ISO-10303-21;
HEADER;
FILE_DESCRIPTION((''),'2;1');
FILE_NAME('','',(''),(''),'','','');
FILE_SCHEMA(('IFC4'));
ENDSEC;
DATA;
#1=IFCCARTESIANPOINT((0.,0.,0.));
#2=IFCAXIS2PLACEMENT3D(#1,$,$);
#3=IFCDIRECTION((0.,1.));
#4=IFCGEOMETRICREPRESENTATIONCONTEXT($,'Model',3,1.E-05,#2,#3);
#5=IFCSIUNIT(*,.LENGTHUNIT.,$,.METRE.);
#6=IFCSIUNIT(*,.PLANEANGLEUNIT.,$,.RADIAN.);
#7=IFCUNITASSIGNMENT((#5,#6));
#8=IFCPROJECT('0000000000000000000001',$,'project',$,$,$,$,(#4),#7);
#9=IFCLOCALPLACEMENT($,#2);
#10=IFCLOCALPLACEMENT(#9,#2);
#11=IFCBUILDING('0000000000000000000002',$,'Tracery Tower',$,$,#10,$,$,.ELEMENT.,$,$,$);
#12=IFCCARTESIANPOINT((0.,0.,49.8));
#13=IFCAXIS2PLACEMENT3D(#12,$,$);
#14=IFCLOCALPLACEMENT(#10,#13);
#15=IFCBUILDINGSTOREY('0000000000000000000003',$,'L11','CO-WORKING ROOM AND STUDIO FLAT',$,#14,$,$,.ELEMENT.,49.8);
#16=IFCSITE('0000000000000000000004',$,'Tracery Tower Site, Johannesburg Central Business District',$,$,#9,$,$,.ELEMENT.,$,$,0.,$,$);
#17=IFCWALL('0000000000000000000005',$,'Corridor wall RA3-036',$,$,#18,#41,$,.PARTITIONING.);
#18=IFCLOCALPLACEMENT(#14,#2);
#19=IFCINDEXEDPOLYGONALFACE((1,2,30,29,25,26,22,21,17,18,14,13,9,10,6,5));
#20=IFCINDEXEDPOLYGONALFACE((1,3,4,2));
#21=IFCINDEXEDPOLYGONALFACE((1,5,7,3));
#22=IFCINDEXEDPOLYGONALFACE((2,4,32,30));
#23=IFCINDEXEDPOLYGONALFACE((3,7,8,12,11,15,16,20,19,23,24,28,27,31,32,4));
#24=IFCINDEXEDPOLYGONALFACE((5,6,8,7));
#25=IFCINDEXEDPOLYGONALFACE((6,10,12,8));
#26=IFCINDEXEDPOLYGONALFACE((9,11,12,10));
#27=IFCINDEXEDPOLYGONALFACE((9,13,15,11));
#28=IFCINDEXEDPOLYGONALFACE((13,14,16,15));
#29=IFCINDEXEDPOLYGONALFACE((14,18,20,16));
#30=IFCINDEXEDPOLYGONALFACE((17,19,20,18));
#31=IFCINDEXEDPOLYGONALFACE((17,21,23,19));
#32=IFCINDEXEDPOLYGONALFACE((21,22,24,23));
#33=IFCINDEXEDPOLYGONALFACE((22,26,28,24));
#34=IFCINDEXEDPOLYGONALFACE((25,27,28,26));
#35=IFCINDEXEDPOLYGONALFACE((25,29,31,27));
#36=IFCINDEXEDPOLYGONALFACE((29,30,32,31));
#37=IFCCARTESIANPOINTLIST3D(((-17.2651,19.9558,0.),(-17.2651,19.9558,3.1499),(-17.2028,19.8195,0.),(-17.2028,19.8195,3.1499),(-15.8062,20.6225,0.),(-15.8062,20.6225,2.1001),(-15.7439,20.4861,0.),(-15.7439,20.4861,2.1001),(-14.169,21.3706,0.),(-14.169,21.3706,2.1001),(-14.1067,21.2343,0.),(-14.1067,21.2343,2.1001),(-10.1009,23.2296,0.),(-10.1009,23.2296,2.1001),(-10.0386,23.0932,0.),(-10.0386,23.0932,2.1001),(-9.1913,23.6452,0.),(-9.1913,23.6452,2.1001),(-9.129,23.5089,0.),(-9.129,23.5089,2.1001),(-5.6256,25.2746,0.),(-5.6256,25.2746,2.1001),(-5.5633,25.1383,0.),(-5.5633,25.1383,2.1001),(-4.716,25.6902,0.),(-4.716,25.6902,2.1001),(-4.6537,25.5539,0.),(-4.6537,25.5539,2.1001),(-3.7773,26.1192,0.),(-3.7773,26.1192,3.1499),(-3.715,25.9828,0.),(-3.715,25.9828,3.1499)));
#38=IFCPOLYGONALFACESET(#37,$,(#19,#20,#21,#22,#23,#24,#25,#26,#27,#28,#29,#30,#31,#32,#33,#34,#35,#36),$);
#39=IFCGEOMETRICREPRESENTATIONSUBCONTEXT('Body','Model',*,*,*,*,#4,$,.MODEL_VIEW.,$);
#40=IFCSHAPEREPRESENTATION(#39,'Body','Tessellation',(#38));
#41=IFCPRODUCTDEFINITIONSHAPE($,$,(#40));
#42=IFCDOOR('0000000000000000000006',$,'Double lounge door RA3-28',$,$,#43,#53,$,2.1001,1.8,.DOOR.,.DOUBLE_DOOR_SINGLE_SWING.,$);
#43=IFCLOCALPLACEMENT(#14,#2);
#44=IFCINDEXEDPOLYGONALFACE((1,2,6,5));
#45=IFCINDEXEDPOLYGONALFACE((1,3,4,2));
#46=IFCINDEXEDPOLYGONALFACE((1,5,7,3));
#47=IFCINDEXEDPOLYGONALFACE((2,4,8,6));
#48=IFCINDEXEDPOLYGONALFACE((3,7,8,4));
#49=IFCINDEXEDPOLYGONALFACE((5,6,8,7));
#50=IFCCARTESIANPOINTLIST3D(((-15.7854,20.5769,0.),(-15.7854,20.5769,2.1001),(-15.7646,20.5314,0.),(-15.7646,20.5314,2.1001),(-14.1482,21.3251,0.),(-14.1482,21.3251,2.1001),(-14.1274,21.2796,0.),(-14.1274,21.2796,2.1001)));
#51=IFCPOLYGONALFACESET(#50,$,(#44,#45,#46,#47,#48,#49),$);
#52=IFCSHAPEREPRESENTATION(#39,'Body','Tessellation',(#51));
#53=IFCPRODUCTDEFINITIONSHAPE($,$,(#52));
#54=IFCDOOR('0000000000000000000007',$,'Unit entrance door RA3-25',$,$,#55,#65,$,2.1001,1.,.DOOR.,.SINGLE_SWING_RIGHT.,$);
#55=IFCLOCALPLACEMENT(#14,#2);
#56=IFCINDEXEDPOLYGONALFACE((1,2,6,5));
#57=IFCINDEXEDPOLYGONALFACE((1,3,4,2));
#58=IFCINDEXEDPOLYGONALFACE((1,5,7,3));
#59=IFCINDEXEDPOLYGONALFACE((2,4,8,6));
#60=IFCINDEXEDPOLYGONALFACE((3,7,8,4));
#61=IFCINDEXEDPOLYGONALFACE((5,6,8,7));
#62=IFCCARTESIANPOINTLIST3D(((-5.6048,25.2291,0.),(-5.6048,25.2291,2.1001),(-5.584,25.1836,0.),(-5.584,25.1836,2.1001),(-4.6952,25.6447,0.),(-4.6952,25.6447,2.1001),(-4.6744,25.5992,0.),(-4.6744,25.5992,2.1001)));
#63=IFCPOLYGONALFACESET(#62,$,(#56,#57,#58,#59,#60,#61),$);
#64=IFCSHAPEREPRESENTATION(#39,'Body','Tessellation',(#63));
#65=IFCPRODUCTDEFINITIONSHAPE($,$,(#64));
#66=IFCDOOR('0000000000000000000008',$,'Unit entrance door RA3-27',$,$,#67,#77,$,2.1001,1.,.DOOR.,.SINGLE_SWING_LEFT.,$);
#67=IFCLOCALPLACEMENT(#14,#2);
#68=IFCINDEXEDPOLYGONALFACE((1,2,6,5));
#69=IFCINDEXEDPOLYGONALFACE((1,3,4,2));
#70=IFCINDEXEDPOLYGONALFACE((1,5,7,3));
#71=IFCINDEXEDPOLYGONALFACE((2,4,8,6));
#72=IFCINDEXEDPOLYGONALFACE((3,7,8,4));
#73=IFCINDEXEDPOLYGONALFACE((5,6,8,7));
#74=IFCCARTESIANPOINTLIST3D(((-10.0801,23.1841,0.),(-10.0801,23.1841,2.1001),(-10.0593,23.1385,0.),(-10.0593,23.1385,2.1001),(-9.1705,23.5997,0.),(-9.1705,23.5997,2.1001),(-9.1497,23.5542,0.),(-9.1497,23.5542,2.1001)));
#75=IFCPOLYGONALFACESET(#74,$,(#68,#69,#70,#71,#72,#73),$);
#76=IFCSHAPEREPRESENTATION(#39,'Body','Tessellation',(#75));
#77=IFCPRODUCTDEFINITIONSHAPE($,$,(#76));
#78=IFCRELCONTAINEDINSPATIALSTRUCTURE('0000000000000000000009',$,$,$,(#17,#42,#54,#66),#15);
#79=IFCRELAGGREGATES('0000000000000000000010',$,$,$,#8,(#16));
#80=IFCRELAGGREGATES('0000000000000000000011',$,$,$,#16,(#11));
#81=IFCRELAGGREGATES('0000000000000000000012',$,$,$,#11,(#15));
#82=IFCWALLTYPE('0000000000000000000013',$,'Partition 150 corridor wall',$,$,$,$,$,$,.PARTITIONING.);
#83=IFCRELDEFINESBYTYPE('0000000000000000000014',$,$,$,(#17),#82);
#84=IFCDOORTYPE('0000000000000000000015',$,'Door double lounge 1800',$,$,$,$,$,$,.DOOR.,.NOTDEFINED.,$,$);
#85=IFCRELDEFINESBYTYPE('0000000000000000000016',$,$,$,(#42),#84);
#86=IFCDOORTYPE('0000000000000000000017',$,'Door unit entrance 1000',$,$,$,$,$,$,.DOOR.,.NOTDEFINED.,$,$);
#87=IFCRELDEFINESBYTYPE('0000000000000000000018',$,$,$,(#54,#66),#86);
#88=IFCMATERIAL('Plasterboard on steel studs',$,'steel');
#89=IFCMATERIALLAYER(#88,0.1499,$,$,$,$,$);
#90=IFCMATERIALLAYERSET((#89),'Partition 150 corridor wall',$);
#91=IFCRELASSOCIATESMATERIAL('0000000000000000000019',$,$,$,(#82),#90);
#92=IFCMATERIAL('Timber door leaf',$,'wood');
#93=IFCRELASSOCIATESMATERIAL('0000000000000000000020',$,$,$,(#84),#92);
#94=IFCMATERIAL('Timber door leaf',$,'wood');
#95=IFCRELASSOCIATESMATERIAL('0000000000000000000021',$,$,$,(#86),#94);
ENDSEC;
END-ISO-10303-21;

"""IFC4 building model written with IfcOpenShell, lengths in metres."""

from ifc_helpers import new_model, si_unit, direction, frame, frame_2d, origin, place, context, subcontext, project, spatial, rectangle, extrude, material, layer, layer_set, type_object, element, fill, save


model = new_model("IFC4")

# Units and contexts
model_context = context("Model", 3, precision=1e-05, world=origin(), true_north=direction((0.0, 1.0)))
body_context = subcontext(model_context, "Body", "Model", "MODEL_VIEW")
ifc_project = project(units=[si_unit("LENGTHUNIT", "METRE"), si_unit("PLANEANGLEUNIT", "RADIAN")], contexts=[model_context])

# Site, building, storey
site_placement = place(None, origin())
site = spatial("IfcSite", under=ifc_project, at=site_placement, Name="Tracery Tower Site, Johannesburg Central Business District", CompositionType="ELEMENT", RefElevation=0.0)
building_placement = place(site_placement, origin())
building = spatial("IfcBuilding", under=site, at=building_placement, Name="Tracery Tower", CompositionType="ELEMENT")
storey_placement = place(building_placement, frame((0.0, 0.0, 49.8)))
storey = spatial("IfcBuildingStorey", under=building, at=storey_placement, Name="L11", Description="CO-WORKING ROOM AND STUDIO FLAT", CompositionType="ELEMENT", Elevation=49.8)

# Shared definitions
ifc_material_1 = material(Name="Plasterboard on steel studs", Category="steel")
ifc_layer_1 = layer(ifc_material_1, 0.1499)
ifc_layer_set_1 = layer_set([ifc_layer_1], Name="Partition 150 corridor wall")
wall_type_1 = type_object("IfcWallType", Name="Partition 150 corridor wall", PredefinedType="PARTITIONING", material=ifc_layer_set_1)

# Wall, openings, doors
wall_1_placement = place(storey_placement, frame((-17.2339, 19.8877, 0.0), z_axis=(0.0, 0.0, 1.0), x_axis=(0.909539, 0.415619, 0.0)))
wall_1 = element("IfcWall", 1, at=wall_1_placement, inside=storey, type_object=wall_type_1, Name="Corridor wall RA3-036", PredefinedType="PARTITIONING", context=body_context, shape_type="SweptSolid", body=[
    extrude(rectangle(XDim=14.8293, YDim=0.1499, at=frame_2d((7.4146, 0.0))), origin(), (0.0, 0.0, 1.0), 3.1499),
])
opening_1_placement = place(wall_1_placement, frame((12.7971, 0.0, 0.0)))
opening_1 = element("IfcOpeningElement", 2, at=opening_1_placement, cuts=wall_1, PredefinedType="OPENING", context=body_context, shape_type="SweptSolid", body=[
    extrude(rectangle(XDim=1.0, YDim=2.1001, at=frame_2d((0.5, 1.05))), frame((0.0, 0.075, 0.0), z_axis=(0.0, -1.0, 0.0), x_axis=(1.0, 0.0, 0.0)), (0.0, 0.0, 1.0), 0.1499),
])
opening_2_placement = place(wall_1_placement, frame((7.8767, 0.0, 0.0)))
opening_2 = element("IfcOpeningElement", 3, at=opening_2_placement, cuts=wall_1, PredefinedType="OPENING", context=body_context, shape_type="SweptSolid", body=[
    extrude(rectangle(XDim=1.0, YDim=2.1001, at=frame_2d((0.5, 1.05))), frame((0.0, 0.075, 0.0), z_axis=(0.0, -1.0, 0.0), x_axis=(1.0, 0.0, 0.0)), (0.0, 0.0, 1.0), 0.1499),
])
opening_3_placement = place(wall_1_placement, frame((1.604, 0.0, 0.0)))
opening_3 = element("IfcOpeningElement", 4, at=opening_3_placement, cuts=wall_1, PredefinedType="OPENING", context=body_context, shape_type="SweptSolid", body=[
    extrude(rectangle(XDim=1.8, YDim=2.1001, at=frame_2d((0.8999, 1.05))), frame((0.0, 0.075, 0.0), z_axis=(0.0, -1.0, 0.0), x_axis=(1.0, 0.0, 0.0)), (0.0, 0.0, 1.0), 0.1499),
])
ifc_material_2 = material(Name="Timber door leaf", Category="wood")
door_type_1 = type_object("IfcDoorType", Name="Door double lounge 1800", OperationType="NOTDEFINED", PredefinedType="DOOR", material=ifc_material_2)
door_1_placement = place(opening_3_placement, origin())
door_1 = element("IfcDoor", 5, at=door_1_placement, inside=storey, type_object=door_type_1, Name="Double lounge door RA3-28", OperationType="DOUBLE_DOOR_SINGLE_SWING", OverallHeight=2.1001, OverallWidth=1.8, PredefinedType="DOOR", context=body_context, shape_type="SweptSolid", body=[
    extrude(rectangle(XDim=1.8, YDim=2.1001, at=frame_2d((0.8999, 1.05))), frame((0.0, 0.0249, 0.0), z_axis=(0.0, -1.0, 0.0), x_axis=(1.0, 0.0, 0.0)), (0.0, 0.0, 1.0), 0.05),
])
fill(opening_3, door_1)
ifc_material_3 = material(Name="Timber door leaf", Category="wood")
door_type_2 = type_object("IfcDoorType", Name="Door unit entrance 1000", OperationType="NOTDEFINED", PredefinedType="DOOR", material=ifc_material_3)
door_2_placement = place(opening_1_placement, origin())
door_2 = element("IfcDoor", 6, at=door_2_placement, inside=storey, type_object=door_type_2, Name="Unit entrance door RA3-25", OperationType="SINGLE_SWING_RIGHT", OverallHeight=2.1001, OverallWidth=1.0, PredefinedType="DOOR", context=body_context, shape_type="SweptSolid", body=[
    extrude(rectangle(XDim=1.0, YDim=2.1001, at=frame_2d((0.5, 1.05))), frame((0.0, 0.0249, 0.0), z_axis=(0.0, -1.0, 0.0), x_axis=(1.0, 0.0, 0.0)), (0.0, 0.0, 1.0), 0.05),
])
fill(opening_1, door_2)
door_3_placement = place(opening_2_placement, origin())
door_3 = element("IfcDoor", 7, at=door_3_placement, inside=storey, type_object=door_type_2, Name="Unit entrance door RA3-27", OperationType="SINGLE_SWING_LEFT", OverallHeight=2.1001, OverallWidth=1.0, PredefinedType="DOOR", context=body_context, shape_type="SweptSolid", body=[
    extrude(rectangle(XDim=1.0, YDim=2.1001, at=frame_2d((0.5, 1.05))), frame((0.0, 0.0249, 0.0), z_axis=(0.0, -1.0, 0.0), x_axis=(1.0, 0.0, 0.0)), (0.0, 0.0, 1.0), 0.05),
])
fill(opening_2, door_3)

save(model, "model.ifc")
